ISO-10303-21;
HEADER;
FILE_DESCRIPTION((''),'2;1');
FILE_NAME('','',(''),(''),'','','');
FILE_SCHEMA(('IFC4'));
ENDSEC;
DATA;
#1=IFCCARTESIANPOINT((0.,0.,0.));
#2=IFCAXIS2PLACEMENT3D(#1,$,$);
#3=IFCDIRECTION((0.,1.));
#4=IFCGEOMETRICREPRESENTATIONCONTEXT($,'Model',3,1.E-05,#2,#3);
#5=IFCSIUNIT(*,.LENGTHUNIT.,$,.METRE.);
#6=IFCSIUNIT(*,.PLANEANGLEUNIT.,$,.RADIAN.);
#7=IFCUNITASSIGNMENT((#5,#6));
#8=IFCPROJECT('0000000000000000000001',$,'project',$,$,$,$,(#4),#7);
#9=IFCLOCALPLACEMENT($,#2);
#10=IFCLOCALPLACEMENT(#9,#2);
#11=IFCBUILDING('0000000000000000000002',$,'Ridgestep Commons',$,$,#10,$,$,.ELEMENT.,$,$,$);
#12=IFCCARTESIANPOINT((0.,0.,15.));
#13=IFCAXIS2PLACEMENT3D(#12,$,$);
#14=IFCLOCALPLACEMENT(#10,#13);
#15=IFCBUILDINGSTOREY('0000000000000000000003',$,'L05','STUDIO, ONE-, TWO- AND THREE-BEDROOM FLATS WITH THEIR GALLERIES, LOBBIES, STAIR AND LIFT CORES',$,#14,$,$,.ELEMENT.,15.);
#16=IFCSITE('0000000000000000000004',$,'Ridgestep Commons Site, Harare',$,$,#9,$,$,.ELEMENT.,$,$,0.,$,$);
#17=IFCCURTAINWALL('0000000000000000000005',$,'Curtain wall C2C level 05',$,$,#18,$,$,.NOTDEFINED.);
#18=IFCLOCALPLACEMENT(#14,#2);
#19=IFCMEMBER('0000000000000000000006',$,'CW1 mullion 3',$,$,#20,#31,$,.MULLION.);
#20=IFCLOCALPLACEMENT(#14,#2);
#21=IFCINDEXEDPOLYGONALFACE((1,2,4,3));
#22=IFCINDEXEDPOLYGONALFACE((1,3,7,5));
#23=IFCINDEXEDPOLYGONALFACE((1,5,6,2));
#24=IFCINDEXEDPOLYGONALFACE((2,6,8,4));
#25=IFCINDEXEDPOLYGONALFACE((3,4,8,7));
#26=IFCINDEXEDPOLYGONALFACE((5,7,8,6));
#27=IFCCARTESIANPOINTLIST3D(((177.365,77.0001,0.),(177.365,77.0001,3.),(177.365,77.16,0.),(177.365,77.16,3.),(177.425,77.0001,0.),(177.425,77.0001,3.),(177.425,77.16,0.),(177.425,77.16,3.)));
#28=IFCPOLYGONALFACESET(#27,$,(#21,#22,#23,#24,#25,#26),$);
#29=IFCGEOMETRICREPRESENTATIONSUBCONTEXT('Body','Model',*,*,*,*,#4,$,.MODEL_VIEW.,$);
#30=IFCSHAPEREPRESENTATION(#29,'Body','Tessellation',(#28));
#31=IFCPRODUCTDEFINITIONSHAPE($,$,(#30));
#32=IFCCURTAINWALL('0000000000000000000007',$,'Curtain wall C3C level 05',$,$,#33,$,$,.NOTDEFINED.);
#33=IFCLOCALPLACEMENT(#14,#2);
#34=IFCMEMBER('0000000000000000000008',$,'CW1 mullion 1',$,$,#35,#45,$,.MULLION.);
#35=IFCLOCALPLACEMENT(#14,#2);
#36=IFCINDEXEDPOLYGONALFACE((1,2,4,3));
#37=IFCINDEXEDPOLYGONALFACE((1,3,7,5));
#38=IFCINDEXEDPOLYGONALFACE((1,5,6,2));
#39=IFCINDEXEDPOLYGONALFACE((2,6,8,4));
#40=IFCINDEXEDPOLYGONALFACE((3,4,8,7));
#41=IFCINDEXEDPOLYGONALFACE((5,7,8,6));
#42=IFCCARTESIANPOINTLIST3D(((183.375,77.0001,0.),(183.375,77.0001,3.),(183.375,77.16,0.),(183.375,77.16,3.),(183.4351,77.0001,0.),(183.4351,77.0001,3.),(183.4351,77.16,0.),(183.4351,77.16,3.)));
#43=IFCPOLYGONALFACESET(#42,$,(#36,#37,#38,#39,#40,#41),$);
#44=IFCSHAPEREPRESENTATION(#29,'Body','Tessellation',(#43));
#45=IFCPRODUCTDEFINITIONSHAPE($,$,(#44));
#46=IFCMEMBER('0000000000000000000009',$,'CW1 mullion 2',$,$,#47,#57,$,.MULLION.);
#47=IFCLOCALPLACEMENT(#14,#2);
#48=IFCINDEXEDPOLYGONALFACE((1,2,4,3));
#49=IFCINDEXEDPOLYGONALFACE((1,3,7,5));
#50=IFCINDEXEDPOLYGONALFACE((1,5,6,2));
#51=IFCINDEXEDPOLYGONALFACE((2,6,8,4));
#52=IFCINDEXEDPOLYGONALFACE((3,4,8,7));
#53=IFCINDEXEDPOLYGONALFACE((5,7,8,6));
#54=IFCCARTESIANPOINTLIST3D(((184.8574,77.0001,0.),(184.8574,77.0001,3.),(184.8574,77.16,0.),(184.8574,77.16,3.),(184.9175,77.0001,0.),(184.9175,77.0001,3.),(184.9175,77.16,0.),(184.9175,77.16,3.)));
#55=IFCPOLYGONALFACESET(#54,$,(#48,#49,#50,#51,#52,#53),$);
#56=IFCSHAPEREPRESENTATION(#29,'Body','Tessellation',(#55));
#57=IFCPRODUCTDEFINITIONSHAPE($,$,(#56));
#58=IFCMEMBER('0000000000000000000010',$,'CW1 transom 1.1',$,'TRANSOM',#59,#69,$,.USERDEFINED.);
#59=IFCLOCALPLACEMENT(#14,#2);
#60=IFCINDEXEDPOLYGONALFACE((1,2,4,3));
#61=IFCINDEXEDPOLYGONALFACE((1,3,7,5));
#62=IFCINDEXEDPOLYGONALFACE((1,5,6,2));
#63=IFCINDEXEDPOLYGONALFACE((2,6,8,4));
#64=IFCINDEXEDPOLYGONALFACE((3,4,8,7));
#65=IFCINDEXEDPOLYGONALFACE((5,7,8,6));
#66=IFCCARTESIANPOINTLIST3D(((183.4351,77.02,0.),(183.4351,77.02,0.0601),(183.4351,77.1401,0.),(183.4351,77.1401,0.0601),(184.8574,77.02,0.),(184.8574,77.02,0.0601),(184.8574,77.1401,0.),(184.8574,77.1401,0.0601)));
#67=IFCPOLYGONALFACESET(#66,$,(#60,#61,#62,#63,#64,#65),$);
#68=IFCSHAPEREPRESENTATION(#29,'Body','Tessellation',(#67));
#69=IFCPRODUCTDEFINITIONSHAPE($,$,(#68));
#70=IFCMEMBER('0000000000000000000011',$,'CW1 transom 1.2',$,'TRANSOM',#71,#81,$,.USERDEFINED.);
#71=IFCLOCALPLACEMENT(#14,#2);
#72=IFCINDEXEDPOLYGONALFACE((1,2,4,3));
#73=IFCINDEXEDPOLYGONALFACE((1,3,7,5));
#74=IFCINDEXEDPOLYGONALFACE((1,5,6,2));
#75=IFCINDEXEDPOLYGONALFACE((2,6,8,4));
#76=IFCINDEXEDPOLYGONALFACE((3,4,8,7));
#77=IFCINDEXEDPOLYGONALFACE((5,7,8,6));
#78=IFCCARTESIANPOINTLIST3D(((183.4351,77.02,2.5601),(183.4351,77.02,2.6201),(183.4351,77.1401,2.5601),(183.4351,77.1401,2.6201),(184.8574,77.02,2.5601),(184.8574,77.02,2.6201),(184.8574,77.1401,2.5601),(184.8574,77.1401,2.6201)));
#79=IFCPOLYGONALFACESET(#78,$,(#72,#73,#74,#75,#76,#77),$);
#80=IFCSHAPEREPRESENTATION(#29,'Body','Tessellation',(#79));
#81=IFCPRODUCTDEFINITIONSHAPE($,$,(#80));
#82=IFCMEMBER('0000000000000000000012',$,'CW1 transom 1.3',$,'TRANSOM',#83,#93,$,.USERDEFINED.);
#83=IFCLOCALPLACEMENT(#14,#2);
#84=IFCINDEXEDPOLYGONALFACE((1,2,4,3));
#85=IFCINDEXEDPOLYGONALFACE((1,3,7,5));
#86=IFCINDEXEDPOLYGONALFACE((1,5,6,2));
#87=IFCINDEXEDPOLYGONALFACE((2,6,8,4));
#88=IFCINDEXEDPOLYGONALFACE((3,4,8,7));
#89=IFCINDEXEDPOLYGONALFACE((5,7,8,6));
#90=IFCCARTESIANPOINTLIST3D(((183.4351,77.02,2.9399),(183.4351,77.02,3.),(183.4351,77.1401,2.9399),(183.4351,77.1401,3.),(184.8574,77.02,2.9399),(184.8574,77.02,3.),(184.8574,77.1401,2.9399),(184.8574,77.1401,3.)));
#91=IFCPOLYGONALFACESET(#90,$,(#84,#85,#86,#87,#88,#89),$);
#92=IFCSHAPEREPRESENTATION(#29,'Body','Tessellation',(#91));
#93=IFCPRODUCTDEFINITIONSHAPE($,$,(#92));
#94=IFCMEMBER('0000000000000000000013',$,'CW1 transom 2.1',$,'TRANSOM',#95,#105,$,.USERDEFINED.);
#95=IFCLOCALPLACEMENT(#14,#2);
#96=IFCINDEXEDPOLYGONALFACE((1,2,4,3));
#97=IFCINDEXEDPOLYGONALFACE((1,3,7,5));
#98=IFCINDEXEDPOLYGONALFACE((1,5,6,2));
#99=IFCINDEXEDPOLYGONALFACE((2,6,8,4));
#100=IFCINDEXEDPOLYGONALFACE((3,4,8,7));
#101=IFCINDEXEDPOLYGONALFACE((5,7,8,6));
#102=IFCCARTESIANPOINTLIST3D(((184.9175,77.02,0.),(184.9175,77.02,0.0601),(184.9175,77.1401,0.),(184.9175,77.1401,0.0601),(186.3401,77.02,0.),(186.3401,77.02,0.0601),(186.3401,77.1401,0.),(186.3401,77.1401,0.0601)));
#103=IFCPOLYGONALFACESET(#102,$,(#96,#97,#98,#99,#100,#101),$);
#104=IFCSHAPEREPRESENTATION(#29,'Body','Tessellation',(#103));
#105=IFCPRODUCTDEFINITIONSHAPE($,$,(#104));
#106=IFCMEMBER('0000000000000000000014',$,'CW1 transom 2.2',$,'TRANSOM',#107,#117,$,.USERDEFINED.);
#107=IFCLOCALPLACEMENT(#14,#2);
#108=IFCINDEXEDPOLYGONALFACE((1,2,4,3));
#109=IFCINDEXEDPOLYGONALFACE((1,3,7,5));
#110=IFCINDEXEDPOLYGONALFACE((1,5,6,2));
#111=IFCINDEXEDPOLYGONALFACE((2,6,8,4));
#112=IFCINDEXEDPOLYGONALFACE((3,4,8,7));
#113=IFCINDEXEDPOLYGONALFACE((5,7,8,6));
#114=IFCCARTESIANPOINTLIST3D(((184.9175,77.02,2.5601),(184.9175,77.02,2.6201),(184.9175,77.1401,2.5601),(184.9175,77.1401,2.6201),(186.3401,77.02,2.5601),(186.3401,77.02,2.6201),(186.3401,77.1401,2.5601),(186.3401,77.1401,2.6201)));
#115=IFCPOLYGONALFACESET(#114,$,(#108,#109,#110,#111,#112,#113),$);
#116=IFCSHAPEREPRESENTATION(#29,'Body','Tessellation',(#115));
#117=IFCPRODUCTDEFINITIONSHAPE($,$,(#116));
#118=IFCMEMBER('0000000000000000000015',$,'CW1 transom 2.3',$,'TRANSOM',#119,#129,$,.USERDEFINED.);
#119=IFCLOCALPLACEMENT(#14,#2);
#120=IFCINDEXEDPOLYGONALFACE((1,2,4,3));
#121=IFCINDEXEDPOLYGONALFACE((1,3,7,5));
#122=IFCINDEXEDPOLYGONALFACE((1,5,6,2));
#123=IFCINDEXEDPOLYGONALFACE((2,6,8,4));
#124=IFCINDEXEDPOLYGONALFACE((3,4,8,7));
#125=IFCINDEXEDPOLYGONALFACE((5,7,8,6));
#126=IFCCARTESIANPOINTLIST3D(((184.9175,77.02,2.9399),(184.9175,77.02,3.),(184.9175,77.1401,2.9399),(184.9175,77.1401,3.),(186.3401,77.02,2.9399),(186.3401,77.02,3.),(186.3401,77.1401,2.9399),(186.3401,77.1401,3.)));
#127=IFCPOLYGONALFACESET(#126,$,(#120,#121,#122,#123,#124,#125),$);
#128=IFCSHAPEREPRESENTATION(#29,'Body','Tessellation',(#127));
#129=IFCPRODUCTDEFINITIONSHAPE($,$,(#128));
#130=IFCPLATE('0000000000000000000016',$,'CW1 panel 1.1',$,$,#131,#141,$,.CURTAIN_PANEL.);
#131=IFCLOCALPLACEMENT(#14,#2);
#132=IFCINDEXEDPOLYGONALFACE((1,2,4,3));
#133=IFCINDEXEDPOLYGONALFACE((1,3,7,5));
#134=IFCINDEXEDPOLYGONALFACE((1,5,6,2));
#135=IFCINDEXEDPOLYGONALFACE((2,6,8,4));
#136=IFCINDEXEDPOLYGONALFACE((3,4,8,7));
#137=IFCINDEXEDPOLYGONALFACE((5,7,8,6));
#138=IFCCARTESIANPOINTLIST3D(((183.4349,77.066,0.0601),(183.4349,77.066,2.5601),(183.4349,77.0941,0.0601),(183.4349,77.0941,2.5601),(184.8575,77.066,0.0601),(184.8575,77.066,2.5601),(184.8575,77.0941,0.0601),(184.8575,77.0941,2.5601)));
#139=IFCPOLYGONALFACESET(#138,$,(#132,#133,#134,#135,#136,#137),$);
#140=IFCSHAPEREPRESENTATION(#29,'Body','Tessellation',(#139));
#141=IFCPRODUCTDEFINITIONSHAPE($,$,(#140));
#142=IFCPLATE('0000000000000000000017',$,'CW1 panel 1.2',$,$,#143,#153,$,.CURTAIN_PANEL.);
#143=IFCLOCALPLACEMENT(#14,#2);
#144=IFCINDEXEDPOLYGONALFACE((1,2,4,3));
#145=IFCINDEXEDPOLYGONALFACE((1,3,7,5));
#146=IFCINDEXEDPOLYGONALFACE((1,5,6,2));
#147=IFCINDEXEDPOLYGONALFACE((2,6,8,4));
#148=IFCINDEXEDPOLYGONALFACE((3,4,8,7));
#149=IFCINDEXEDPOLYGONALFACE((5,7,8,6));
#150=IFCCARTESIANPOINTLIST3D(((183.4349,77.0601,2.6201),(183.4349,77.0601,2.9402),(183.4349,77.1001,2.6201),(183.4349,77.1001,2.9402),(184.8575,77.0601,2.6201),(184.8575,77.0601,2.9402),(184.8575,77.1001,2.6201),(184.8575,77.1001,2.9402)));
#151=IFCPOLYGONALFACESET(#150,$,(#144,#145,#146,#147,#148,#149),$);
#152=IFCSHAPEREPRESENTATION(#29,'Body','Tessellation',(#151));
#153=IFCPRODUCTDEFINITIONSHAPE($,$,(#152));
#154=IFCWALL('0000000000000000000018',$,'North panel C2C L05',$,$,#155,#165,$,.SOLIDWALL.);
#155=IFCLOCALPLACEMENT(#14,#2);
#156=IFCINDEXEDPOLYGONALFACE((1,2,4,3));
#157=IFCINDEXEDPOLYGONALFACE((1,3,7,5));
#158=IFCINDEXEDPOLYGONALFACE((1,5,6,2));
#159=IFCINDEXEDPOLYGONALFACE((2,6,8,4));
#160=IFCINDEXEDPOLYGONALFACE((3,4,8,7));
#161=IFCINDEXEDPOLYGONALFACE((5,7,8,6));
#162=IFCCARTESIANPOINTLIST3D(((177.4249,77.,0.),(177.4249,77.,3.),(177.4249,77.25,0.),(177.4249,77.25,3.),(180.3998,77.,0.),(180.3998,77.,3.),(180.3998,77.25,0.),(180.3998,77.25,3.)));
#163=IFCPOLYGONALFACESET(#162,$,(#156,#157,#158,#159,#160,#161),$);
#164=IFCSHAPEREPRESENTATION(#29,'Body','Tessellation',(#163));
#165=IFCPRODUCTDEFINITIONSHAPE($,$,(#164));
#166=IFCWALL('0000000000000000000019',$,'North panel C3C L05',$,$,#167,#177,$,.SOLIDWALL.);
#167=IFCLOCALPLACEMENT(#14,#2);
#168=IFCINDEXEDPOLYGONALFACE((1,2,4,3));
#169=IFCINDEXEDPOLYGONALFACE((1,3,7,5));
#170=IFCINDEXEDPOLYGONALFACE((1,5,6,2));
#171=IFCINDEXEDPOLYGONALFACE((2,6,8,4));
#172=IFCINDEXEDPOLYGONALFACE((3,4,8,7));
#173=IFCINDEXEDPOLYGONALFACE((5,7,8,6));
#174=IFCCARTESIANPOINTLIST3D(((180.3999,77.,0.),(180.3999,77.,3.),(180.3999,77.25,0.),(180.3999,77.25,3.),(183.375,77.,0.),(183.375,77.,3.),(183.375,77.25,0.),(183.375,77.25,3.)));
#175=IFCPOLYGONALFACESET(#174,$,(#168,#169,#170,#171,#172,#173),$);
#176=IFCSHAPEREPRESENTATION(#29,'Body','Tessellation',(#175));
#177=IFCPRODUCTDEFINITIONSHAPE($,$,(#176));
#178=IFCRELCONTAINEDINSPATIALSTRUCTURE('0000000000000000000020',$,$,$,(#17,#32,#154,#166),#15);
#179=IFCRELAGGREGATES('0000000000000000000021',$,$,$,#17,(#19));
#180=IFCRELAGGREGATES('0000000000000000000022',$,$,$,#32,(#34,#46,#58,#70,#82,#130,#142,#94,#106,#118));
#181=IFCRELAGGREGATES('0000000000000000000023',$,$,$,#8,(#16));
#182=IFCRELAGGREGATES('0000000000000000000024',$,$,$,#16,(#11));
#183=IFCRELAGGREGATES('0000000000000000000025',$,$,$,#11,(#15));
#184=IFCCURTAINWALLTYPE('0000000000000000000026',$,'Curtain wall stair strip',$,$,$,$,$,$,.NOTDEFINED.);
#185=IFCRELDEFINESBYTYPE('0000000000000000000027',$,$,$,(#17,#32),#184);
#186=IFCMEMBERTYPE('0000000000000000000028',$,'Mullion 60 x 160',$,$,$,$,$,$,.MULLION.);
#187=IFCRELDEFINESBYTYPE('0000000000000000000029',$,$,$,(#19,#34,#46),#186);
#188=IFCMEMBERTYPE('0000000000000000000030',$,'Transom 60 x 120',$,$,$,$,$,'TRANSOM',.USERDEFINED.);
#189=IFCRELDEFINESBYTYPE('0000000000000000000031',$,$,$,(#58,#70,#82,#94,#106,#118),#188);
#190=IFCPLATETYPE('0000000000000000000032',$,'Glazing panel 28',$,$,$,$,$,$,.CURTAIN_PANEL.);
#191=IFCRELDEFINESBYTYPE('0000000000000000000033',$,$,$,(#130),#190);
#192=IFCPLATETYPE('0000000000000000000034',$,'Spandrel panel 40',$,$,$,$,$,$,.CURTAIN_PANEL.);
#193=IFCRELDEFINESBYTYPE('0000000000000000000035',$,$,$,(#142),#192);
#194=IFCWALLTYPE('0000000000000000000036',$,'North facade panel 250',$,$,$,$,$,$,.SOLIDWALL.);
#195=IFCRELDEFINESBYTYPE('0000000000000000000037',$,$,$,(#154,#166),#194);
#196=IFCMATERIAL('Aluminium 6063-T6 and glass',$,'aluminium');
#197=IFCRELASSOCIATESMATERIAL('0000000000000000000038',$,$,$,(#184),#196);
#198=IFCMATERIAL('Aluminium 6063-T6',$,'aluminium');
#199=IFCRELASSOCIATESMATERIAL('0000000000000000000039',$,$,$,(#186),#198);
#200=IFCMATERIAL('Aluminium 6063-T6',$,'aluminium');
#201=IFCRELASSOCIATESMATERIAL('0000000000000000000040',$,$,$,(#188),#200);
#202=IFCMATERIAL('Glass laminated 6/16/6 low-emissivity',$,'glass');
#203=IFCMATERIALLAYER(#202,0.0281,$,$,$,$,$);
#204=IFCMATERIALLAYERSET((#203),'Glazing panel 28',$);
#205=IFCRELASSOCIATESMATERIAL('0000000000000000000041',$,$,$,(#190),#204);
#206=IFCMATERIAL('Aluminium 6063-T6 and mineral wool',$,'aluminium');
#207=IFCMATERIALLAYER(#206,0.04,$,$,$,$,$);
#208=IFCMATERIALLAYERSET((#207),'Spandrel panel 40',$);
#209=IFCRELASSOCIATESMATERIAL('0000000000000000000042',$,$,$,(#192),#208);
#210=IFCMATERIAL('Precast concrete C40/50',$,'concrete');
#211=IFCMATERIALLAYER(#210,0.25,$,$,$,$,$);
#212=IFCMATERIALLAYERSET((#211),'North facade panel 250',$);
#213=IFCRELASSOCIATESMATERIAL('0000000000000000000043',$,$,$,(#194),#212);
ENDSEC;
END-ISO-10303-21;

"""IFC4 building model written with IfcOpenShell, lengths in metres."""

from ifc_helpers import new_model, si_unit, direction, frame, frame_2d, origin, origin_2d, place, context, subcontext, project, spatial, rectangle, extrude, material, layer, layer_set, material_profile, profile_set, type_object, element, aggregate, save


model = new_model("IFC4")

# Units and contexts
model_context = context("Model", 3, precision=1e-05, world=origin(), true_north=direction((0.0, 1.0)))
body_context = subcontext(model_context, "Body", "Model", "MODEL_VIEW")
ifc_project = project(units=[si_unit("LENGTHUNIT", "METRE"), si_unit("PLANEANGLEUNIT", "RADIAN")], contexts=[model_context])

# Site, building, storey
site_placement = place(None, origin())
site = spatial("IfcSite", under=ifc_project, at=site_placement, Name="Ridgestep Commons Site, Harare", CompositionType="ELEMENT", RefElevation=0.0)
building_placement = place(site_placement, origin())
building = spatial("IfcBuilding", under=site, at=building_placement, Name="Ridgestep Commons", CompositionType="ELEMENT")
storey_placement = place(building_placement, frame((0.0, 0.0, 15.0)))
storey = spatial("IfcBuildingStorey", under=building, at=storey_placement, Name="L05", Description="STUDIO, ONE-, TWO- AND THREE-BEDROOM FLATS WITH THEIR GALLERIES, LOBBIES, STAIR AND LIFT CORES", CompositionType="ELEMENT", Elevation=15.0)

# Curtain wall, member
ifc_material_1 = material(Name="Aluminium 6063-T6 and glass", Category="aluminium")
curtain_wall_type = type_object("IfcCurtainWallType", Name="Curtain wall stair strip", PredefinedType="NOTDEFINED", material=ifc_material_1)
curtain_wall_1_placement = place(storey_placement, origin())
curtain_wall_1 = element("IfcCurtainWall", 1, at=curtain_wall_1_placement, inside=storey, type_object=curtain_wall_type, Name="Curtain wall C2C level 05", PredefinedType="NOTDEFINED")
ifc_material_2 = material(Name="Aluminium 6063-T6", Category="aluminium")
ifc_material_profile_1 = material_profile(ifc_material_2, rectangle(XDim=0.1599, YDim=0.0601, at=origin_2d()), Name="Mullion 60 x 160")
ifc_profile_set_1 = profile_set([ifc_material_profile_1], Name="Aluminium 6063-T6")
member_type_1 = type_object("IfcMemberType", Name="Mullion 60 x 160", PredefinedType="MULLION", material=ifc_profile_set_1)
member_1_placement = place(storey_placement, frame((177.395, 77.0801, 0.0), z_axis=(0.0, 0.0, 1.0), x_axis=(0.0, 1.0, 0.0)))
member_1 = element("IfcMember", 2, at=member_1_placement, type_object=member_type_1, Name="CW1 mullion 3", PredefinedType="MULLION", context=body_context, shape_type="SweptSolid", body=[
    extrude(rectangle(XDim=0.1599, YDim=0.0601, at=origin_2d()), origin(), (0.0, 0.0, 1.0), 3.0),
])
aggregate(curtain_wall_1, [member_1])

# Curtain wall, members, plates
curtain_wall_2_placement = place(storey_placement, origin())
curtain_wall_2 = element("IfcCurtainWall", 3, at=curtain_wall_2_placement, inside=storey, type_object=curtain_wall_type, Name="Curtain wall C3C level 05", PredefinedType="NOTDEFINED")
member_2_placement = place(storey_placement, frame((183.405, 77.0801, 0.0), z_axis=(0.0, 0.0, 1.0), x_axis=(0.0, 1.0, 0.0)))
member_2 = element("IfcMember", 4, at=member_2_placement, type_object=member_type_1, Name="CW1 mullion 1", PredefinedType="MULLION", context=body_context, shape_type="SweptSolid", body=[
    extrude(rectangle(XDim=0.1599, YDim=0.0601, at=origin_2d()), origin(), (0.0, 0.0, 1.0), 3.0),
])
member_3_placement = place(storey_placement, frame((184.8875, 77.0801, 0.0), z_axis=(0.0, 0.0, 1.0), x_axis=(0.0, 1.0, 0.0)))
member_3 = element("IfcMember", 5, at=member_3_placement, type_object=member_type_1, Name="CW1 mullion 2", PredefinedType="MULLION", context=body_context, shape_type="SweptSolid", body=[
    extrude(rectangle(XDim=0.1599, YDim=0.0601, at=origin_2d()), origin(), (0.0, 0.0, 1.0), 3.0),
])
ifc_material_3 = material(Name="Aluminium 6063-T6", Category="aluminium")
ifc_material_profile_2 = material_profile(ifc_material_3, rectangle(XDim=0.1201, YDim=0.0601, at=origin_2d()), Name="Transom 60 x 120")
ifc_profile_set_2 = profile_set([ifc_material_profile_2], Name="Aluminium 6063-T6")
member_type_2 = type_object("IfcMemberType", Name="Transom 60 x 120", ElementType="TRANSOM", PredefinedType="USERDEFINED", material=ifc_profile_set_2)
member_4_placement = place(storey_placement, frame((183.4351, 77.0801, 0.03), z_axis=(1.0, 0.0, 0.0), x_axis=(0.0, 1.0, 0.0)))
member_4 = element("IfcMember", 6, at=member_4_placement, type_object=member_type_2, Name="CW1 transom 1.1", ObjectType="TRANSOM", PredefinedType="USERDEFINED", context=body_context, shape_type="SweptSolid", body=[
    extrude(rectangle(XDim=0.1201, YDim=0.0601, at=origin_2d()), origin(), (0.0, 0.0, 1.0), 1.4224),
])
member_5_placement = place(storey_placement, frame((183.4351, 77.0801, 2.5901), z_axis=(1.0, 0.0, 0.0), x_axis=(0.0, 1.0, 0.0)))
member_5 = element("IfcMember", 7, at=member_5_placement, type_object=member_type_2, Name="CW1 transom 1.2", ObjectType="TRANSOM", PredefinedType="USERDEFINED", context=body_context, shape_type="SweptSolid", body=[
    extrude(rectangle(XDim=0.1201, YDim=0.0601, at=origin_2d()), origin(), (0.0, 0.0, 1.0), 1.4224),
])
member_6_placement = place(storey_placement, frame((183.4351, 77.0801, 2.97), z_axis=(1.0, 0.0, 0.0), x_axis=(0.0, 1.0, 0.0)))
member_6 = element("IfcMember", 8, at=member_6_placement, type_object=member_type_2, Name="CW1 transom 1.3", ObjectType="TRANSOM", PredefinedType="USERDEFINED", context=body_context, shape_type="SweptSolid", body=[
    extrude(rectangle(XDim=0.1201, YDim=0.0601, at=origin_2d()), origin(), (0.0, 0.0, 1.0), 1.4224),
])
member_7_placement = place(storey_placement, frame((184.9175, 77.0801, 0.03), z_axis=(1.0, 0.0, 0.0), x_axis=(0.0, 1.0, 0.0)))
member_7 = element("IfcMember", 9, at=member_7_placement, type_object=member_type_2, Name="CW1 transom 2.1", ObjectType="TRANSOM", PredefinedType="USERDEFINED", context=body_context, shape_type="SweptSolid", body=[
    extrude(rectangle(XDim=0.1201, YDim=0.0601, at=origin_2d()), origin(), (0.0, 0.0, 1.0), 1.4226),
])
member_8_placement = place(storey_placement, frame((184.9175, 77.0801, 2.5901), z_axis=(1.0, 0.0, 0.0), x_axis=(0.0, 1.0, 0.0)))
member_8 = element("IfcMember", 10, at=member_8_placement, type_object=member_type_2, Name="CW1 transom 2.2", ObjectType="TRANSOM", PredefinedType="USERDEFINED", context=body_context, shape_type="SweptSolid", body=[
    extrude(rectangle(XDim=0.1201, YDim=0.0601, at=origin_2d()), origin(), (0.0, 0.0, 1.0), 1.4226),
])
member_9_placement = place(storey_placement, frame((184.9175, 77.0801, 2.97), z_axis=(1.0, 0.0, 0.0), x_axis=(0.0, 1.0, 0.0)))
member_9 = element("IfcMember", 11, at=member_9_placement, type_object=member_type_2, Name="CW1 transom 2.3", ObjectType="TRANSOM", PredefinedType="USERDEFINED", context=body_context, shape_type="SweptSolid", body=[
    extrude(rectangle(XDim=0.1201, YDim=0.0601, at=origin_2d()), origin(), (0.0, 0.0, 1.0), 1.4226),
])
ifc_material_4 = material(Name="Glass laminated 6/16/6 low-emissivity", Category="glass")
ifc_layer_1 = layer(ifc_material_4, 0.0281)
ifc_layer_set_1 = layer_set([ifc_layer_1], Name="Glazing panel 28")
plate_type_1 = type_object("IfcPlateType", Name="Glazing panel 28", PredefinedType="CURTAIN_PANEL", material=ifc_layer_set_1)
plate_1_placement = place(storey_placement, frame((184.1462, 77.0801, 0.0601), z_axis=(0.0, 0.0, 1.0), x_axis=(1.0, 0.0, 0.0)))
plate_1 = element("IfcPlate", 12, at=plate_1_placement, type_object=plate_type_1, Name="CW1 panel 1.1", PredefinedType="CURTAIN_PANEL", context=body_context, shape_type="SweptSolid", body=[
    extrude(rectangle(XDim=1.4226, YDim=0.0281, at=origin_2d()), origin(), (0.0, 0.0, 1.0), 2.5),
])
ifc_material_5 = material(Name="Aluminium 6063-T6 and mineral wool", Category="aluminium")
ifc_layer_2 = layer(ifc_material_5, 0.04)
ifc_layer_set_2 = layer_set([ifc_layer_2], Name="Spandrel panel 40")
plate_type_2 = type_object("IfcPlateType", Name="Spandrel panel 40", PredefinedType="CURTAIN_PANEL", material=ifc_layer_set_2)
plate_2_placement = place(storey_placement, frame((184.1462, 77.0801, 2.6201), z_axis=(0.0, 0.0, 1.0), x_axis=(1.0, 0.0, 0.0)))
plate_2 = element("IfcPlate", 13, at=plate_2_placement, type_object=plate_type_2, Name="CW1 panel 1.2", PredefinedType="CURTAIN_PANEL", context=body_context, shape_type="SweptSolid", body=[
    extrude(rectangle(XDim=1.4226, YDim=0.04, at=origin_2d()), origin(), (0.0, 0.0, 1.0), 0.3201),
])
aggregate(curtain_wall_2, [member_2, member_3, member_4, member_5, member_6, plate_1, plate_2, member_7, member_8, member_9])

# Walls
ifc_material_6 = material(Name="Precast concrete C40/50", Category="concrete")
ifc_layer_3 = layer(ifc_material_6, 0.25)
ifc_layer_set_3 = layer_set([ifc_layer_3], Name="North facade panel 250")
wall_type = type_object("IfcWallType", Name="North facade panel 250", PredefinedType="SOLIDWALL", material=ifc_layer_set_3)
wall_1_placement = place(storey_placement, frame((177.425, 77.125, 0.0), z_axis=(0.0, 0.0, 1.0), x_axis=(1.0, 0.0, 0.0)))
element("IfcWall", 14, at=wall_1_placement, inside=storey, type_object=wall_type, Name="North panel C2C L05", PredefinedType="SOLIDWALL", context=body_context, shape_type="SweptSolid", body=[
    extrude(rectangle(XDim=2.9749, YDim=0.25, at=frame_2d((1.4873, 0.0))), origin(), (0.0, 0.0, 1.0), 3.0),
])
wall_2_placement = place(storey_placement, frame((180.3999, 77.125, 0.0), z_axis=(0.0, 0.0, 1.0), x_axis=(1.0, 0.0, 0.0)))
element("IfcWall", 15, at=wall_2_placement, inside=storey, type_object=wall_type, Name="North panel C3C L05", PredefinedType="SOLIDWALL", context=body_context, shape_type="SweptSolid", body=[
    extrude(rectangle(XDim=2.9751, YDim=0.25, at=frame_2d((1.4875, 0.0))), origin(), (0.0, 0.0, 1.0), 3.0),
])

save(model, "model.ifc")
